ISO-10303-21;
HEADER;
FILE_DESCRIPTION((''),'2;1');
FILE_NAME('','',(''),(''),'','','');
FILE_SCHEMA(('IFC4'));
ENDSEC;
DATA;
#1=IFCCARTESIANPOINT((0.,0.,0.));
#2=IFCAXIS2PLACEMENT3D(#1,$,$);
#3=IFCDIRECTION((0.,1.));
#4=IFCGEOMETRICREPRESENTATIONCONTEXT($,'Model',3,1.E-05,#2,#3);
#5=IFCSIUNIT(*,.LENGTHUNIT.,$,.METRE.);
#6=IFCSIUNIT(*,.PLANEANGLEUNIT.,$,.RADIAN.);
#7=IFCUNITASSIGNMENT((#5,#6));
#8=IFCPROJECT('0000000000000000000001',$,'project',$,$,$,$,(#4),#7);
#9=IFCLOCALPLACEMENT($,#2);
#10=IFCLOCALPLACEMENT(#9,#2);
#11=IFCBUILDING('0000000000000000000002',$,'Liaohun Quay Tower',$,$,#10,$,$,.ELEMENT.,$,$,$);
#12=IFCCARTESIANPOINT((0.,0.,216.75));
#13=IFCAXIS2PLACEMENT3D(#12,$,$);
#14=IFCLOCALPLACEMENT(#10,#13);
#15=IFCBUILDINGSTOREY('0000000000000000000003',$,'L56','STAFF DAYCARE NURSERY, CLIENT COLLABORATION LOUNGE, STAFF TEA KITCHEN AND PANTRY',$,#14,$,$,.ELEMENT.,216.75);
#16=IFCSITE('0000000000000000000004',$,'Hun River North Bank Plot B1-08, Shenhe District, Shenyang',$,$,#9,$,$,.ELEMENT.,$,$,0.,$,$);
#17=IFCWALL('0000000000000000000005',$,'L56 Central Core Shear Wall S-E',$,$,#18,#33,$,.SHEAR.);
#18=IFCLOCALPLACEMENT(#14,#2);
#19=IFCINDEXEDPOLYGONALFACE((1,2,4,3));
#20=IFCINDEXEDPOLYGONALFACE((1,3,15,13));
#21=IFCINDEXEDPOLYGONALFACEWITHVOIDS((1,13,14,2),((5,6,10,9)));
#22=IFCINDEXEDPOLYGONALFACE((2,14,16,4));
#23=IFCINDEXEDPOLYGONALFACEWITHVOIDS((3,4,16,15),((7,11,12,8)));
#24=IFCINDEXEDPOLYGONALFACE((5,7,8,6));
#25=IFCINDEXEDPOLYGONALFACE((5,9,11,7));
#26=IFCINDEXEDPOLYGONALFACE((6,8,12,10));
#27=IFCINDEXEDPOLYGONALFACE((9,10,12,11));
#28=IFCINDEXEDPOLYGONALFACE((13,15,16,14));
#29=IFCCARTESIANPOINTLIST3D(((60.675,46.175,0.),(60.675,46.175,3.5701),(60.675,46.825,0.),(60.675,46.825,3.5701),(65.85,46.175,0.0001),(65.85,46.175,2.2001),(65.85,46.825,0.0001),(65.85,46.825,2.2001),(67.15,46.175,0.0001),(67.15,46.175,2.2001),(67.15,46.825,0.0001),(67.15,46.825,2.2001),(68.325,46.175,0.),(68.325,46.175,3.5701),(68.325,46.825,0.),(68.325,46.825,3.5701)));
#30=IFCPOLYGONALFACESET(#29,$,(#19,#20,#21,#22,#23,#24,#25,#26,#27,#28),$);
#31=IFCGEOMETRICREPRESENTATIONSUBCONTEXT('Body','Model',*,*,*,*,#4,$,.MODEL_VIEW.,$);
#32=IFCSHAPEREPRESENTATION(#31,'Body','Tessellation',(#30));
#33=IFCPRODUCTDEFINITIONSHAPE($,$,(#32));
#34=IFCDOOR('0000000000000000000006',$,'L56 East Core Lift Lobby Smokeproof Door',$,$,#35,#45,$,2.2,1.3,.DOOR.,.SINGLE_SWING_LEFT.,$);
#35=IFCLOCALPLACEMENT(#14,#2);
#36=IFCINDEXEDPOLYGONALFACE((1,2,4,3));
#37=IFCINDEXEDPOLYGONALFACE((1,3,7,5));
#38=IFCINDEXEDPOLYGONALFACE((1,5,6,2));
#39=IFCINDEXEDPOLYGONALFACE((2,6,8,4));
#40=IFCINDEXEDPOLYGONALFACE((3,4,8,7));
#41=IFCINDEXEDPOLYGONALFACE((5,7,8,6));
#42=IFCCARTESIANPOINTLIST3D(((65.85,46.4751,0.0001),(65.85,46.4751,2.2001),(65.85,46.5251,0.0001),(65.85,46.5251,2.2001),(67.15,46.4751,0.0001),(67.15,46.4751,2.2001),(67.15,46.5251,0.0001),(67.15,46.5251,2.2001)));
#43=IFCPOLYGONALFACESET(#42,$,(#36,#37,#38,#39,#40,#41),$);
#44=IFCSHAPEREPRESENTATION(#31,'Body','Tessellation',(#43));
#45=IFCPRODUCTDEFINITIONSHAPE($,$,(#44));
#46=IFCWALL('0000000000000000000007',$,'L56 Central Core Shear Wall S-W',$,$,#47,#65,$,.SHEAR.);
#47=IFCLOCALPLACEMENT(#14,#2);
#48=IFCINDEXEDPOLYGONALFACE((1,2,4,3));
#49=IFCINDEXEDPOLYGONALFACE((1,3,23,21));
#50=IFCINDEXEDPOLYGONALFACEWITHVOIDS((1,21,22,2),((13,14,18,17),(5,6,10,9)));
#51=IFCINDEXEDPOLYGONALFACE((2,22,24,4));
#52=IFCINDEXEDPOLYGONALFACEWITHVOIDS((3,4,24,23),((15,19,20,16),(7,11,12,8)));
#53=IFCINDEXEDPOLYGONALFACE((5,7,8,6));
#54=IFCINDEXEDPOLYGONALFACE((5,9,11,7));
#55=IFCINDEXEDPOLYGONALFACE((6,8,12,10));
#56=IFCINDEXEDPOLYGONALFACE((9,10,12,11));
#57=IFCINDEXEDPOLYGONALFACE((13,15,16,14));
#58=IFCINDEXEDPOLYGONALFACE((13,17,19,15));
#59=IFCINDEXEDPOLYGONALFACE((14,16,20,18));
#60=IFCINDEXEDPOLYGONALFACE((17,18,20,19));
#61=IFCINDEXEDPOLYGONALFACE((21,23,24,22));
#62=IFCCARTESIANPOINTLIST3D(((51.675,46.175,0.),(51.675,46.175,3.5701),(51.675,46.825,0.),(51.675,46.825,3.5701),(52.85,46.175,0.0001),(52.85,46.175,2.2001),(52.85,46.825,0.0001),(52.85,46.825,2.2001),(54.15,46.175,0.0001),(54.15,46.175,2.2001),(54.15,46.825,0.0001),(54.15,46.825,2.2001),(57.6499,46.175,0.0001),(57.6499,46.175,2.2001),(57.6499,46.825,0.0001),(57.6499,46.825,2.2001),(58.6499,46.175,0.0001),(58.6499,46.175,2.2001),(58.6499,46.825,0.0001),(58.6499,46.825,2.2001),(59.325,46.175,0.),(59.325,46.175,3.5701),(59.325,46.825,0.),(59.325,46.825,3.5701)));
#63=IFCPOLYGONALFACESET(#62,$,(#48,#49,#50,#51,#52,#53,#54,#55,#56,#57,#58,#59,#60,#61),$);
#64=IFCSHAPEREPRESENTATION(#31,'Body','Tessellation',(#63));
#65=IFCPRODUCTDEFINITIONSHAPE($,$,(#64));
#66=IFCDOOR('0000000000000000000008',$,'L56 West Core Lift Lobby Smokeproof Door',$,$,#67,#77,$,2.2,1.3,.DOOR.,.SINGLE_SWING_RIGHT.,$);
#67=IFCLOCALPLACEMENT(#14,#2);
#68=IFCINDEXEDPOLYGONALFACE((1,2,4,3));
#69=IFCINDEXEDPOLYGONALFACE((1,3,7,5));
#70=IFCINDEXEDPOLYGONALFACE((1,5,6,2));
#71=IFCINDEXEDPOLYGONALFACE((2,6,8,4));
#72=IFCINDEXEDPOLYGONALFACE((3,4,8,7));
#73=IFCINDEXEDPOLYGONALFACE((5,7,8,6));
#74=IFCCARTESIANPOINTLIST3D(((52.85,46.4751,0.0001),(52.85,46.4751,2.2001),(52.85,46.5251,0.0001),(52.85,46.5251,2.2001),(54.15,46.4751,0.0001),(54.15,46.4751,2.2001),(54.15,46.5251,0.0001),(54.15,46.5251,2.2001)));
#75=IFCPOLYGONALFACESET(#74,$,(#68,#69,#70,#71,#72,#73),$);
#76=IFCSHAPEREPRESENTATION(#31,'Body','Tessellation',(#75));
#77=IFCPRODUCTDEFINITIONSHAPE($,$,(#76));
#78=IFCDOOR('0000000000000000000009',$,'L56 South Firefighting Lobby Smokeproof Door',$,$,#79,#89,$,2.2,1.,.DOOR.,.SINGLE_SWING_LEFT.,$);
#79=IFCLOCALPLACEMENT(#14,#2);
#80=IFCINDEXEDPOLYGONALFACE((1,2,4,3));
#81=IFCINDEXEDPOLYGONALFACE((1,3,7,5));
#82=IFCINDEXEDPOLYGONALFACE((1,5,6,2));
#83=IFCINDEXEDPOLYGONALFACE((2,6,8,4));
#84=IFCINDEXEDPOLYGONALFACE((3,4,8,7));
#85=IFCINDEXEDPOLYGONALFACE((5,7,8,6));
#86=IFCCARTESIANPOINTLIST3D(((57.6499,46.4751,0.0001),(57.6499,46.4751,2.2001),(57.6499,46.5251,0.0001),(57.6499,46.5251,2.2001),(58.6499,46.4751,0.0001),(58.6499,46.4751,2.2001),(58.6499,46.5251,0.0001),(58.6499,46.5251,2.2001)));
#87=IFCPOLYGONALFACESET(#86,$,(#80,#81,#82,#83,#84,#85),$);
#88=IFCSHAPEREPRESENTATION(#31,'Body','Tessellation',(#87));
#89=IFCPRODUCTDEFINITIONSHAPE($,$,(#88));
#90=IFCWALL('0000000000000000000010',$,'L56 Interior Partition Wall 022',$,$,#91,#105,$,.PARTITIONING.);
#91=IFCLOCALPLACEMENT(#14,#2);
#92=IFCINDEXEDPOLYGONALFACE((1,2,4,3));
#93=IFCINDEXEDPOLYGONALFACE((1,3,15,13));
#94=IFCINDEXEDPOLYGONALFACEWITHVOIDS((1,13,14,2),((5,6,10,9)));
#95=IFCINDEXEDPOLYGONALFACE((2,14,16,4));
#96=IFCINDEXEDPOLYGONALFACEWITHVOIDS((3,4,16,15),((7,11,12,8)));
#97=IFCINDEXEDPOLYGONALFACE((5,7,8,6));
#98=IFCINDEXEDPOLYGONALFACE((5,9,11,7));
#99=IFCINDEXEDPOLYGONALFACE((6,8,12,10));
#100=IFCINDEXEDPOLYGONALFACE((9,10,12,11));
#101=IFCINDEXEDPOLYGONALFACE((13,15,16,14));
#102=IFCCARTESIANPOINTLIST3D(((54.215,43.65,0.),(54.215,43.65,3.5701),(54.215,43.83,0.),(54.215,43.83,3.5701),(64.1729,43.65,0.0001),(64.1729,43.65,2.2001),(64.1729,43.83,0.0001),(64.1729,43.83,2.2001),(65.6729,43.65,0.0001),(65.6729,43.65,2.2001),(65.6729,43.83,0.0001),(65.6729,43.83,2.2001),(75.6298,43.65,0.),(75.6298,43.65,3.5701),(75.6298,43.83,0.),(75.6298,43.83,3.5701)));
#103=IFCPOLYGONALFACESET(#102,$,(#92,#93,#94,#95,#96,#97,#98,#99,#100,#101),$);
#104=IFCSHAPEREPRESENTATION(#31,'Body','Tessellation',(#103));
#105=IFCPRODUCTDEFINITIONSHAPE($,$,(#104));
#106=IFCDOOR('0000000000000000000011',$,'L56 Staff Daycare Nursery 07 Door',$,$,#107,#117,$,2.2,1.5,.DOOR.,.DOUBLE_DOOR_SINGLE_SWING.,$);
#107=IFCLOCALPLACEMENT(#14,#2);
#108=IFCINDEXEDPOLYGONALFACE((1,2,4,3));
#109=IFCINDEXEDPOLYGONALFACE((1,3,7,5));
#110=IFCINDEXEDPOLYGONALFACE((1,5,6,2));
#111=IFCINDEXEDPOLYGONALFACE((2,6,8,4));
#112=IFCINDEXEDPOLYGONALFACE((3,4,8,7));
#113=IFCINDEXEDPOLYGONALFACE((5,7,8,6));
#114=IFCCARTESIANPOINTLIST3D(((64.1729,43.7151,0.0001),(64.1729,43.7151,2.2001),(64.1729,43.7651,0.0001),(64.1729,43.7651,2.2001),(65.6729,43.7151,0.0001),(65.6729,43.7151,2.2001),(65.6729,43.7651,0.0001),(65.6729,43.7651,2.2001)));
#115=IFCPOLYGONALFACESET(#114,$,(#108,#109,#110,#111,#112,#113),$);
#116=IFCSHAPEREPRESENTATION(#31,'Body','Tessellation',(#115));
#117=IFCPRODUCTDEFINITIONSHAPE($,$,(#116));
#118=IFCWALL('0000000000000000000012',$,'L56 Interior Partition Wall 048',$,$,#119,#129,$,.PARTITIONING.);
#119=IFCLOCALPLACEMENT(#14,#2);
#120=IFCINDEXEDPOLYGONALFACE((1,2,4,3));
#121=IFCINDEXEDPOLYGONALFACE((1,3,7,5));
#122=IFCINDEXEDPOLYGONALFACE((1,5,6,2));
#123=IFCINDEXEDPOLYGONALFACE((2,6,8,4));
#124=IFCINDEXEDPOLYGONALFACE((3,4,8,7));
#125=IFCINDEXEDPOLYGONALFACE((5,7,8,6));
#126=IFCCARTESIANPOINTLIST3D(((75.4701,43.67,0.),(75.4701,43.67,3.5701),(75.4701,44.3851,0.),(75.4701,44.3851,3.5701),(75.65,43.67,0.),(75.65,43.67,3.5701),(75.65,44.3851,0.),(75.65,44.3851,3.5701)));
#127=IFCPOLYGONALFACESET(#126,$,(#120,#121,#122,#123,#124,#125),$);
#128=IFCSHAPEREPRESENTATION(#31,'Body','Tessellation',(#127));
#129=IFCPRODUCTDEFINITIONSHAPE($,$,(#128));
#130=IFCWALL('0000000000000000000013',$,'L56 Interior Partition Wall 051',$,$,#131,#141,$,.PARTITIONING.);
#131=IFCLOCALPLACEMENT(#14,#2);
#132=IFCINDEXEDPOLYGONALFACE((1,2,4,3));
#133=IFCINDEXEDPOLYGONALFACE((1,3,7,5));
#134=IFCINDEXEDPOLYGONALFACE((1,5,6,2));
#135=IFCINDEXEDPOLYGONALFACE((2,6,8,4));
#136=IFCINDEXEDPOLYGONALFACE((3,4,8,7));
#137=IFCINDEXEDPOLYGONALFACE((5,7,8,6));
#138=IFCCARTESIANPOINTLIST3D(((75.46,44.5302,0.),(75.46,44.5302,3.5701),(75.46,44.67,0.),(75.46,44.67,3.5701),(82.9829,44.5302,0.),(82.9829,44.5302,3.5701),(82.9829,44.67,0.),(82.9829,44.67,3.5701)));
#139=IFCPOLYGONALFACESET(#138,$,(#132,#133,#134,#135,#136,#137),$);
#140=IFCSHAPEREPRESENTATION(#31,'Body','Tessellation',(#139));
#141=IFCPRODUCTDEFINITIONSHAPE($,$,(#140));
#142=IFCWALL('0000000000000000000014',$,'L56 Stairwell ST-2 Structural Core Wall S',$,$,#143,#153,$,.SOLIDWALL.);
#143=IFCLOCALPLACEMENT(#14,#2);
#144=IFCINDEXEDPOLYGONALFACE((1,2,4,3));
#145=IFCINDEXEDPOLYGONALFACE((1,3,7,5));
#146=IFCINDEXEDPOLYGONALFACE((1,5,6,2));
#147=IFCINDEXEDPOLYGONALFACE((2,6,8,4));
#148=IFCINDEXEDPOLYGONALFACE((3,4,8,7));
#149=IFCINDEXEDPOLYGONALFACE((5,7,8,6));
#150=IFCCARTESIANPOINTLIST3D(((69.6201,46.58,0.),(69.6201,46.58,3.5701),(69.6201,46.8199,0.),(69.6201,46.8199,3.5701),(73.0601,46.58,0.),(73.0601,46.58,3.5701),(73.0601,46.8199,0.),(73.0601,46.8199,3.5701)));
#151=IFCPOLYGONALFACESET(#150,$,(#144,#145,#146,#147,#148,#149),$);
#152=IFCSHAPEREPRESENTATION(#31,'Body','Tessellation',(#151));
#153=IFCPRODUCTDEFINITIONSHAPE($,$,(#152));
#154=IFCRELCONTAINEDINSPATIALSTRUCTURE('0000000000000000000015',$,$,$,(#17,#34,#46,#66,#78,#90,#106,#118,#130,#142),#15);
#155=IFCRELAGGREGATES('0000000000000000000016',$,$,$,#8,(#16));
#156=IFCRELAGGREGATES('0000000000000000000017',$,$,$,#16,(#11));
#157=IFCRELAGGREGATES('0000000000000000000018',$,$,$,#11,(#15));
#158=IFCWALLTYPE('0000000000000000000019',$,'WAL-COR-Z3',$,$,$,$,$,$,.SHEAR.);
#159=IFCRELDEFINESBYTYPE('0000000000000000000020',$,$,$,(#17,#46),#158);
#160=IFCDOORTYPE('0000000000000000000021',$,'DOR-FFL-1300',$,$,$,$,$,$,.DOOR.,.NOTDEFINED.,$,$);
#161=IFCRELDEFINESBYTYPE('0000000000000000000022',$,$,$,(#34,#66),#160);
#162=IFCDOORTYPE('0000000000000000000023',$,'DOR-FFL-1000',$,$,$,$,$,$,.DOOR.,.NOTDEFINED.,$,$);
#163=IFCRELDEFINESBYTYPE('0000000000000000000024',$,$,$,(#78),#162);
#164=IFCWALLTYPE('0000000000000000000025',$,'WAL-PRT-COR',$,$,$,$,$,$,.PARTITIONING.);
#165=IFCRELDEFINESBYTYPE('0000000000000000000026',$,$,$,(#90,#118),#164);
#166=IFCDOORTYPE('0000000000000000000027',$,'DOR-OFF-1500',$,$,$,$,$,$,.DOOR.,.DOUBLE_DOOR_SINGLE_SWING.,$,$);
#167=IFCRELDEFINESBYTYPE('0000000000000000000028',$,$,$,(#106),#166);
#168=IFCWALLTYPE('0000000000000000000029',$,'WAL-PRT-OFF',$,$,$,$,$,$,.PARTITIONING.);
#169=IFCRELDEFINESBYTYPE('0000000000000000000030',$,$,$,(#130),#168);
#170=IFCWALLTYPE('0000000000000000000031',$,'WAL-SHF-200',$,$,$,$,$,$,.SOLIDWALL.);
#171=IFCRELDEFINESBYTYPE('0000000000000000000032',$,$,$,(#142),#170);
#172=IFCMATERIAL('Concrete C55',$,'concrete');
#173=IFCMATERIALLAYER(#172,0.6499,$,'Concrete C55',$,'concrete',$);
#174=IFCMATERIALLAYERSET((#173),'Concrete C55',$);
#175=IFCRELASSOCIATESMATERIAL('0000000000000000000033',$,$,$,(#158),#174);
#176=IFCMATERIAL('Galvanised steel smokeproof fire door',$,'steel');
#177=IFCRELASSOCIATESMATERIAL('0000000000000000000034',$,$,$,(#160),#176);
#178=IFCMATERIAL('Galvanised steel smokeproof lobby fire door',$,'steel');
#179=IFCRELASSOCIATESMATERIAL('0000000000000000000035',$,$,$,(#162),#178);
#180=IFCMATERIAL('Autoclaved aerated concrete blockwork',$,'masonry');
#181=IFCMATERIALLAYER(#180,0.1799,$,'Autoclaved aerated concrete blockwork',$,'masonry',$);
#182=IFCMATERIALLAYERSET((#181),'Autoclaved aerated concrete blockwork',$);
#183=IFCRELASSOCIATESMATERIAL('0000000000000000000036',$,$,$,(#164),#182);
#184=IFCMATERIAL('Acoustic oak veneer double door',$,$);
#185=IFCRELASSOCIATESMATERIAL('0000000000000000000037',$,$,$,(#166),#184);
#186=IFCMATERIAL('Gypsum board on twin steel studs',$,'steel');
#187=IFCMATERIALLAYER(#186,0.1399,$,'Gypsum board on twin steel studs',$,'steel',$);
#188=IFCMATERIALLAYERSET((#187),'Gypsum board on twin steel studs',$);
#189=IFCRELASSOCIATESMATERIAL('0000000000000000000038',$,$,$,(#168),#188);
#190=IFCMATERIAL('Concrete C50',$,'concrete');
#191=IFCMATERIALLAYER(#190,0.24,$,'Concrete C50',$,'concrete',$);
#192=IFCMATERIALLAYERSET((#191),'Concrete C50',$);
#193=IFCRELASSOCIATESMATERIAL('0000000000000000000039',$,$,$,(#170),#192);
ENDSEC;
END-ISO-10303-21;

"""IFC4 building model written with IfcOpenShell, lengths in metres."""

from ifc_helpers import new_model, si_unit, direction, frame, frame_2d, origin, place, context, subcontext, project, spatial, rectangle, extrude, source, transform, mapped, material, layer, layer_set, type_object, element, fill, save


model = new_model("IFC4")

# Units and contexts
model_context = context("Model", 3, precision=1e-05, world=origin(), true_north=direction((0.0, 1.0)))
body_context = subcontext(model_context, "Body", "Model", "MODEL_VIEW")
ifc_project = project(units=[si_unit("LENGTHUNIT", "METRE"), si_unit("PLANEANGLEUNIT", "RADIAN")], contexts=[model_context])

# Site, building, storey
site_placement = place(None, origin())
site = spatial("IfcSite", under=ifc_project, at=site_placement, Name="Hun River North Bank Plot B1-08, Shenhe District, Shenyang", CompositionType="ELEMENT", RefElevation=0.0)
building_placement = place(site_placement, origin())
building = spatial("IfcBuilding", under=site, at=building_placement, Name="Liaohun Quay Tower", CompositionType="ELEMENT")
storey_placement = place(building_placement, frame((0.0, 0.0, 216.75)))
storey = spatial("IfcBuildingStorey", under=building, at=storey_placement, Name="L56", Description="STAFF DAYCARE NURSERY, CLIENT COLLABORATION LOUNGE, STAFF TEA KITCHEN AND PANTRY", CompositionType="ELEMENT", Elevation=216.75)

# Shared definitions
ifc_material_1 = material(Name="Concrete C55", Category="concrete")

# Wall, opening, door
ifc_layer_1 = layer(ifc_material_1, 0.6499, Name="Concrete C55", Category="concrete")
ifc_layer_set_1 = layer_set([ifc_layer_1], Name="Concrete C55")
wall_type_1 = type_object("IfcWallType", Name="WAL-COR-Z3", PredefinedType="SHEAR", material=ifc_layer_set_1)
wall_1_placement = place(storey_placement, frame((68.325, 46.5, 0.0), z_axis=(0.0, 0.0, 1.0), x_axis=(-1.0, 0.0, 0.0)))
wall_1 = element("IfcWall", 1, at=wall_1_placement, inside=storey, type_object=wall_type_1, Name="L56 Central Core Shear Wall S-E", PredefinedType="SHEAR", context=body_context, shape_type="SweptSolid", body=[
    extrude(rectangle(XDim=7.6499, YDim=0.6499, at=frame_2d((3.825, 0.0))), origin(), (0.0, 0.0, 1.0), 3.5701),
])
shared_shape_1 = source(origin(), body_context, "Body", "SweptSolid", [
    extrude(rectangle(XDim=1.3, YDim=2.2, at=frame_2d((0.6499, 1.1001))), frame((0.0, 0.335, 0.0), z_axis=(0.0, -1.0, 0.0), x_axis=(1.0, 0.0, 0.0)), (0.0, 0.0, 1.0), 0.6699),
])
opening_1_placement = place(wall_1_placement, frame((1.175, 0.0, 0.0)))
opening_1 = element("IfcOpeningElement", 2, at=opening_1_placement, cuts=wall_1, PredefinedType="OPENING", context=body_context, shape_type="MappedRepresentation", body=[
    mapped(shared_shape_1, transform((0.0, 0.0, 0.0), x_axis=(1.0, 0.0, 0.0), y_axis=(0.0, 1.0, 0.0), z_axis=(0.0, 0.0, 1.0), scale=1.0)),
])
ifc_material_2 = material(Name="Galvanised steel smokeproof fire door", Category="steel")
door_type_1 = type_object("IfcDoorType", Name="DOR-FFL-1300", OperationType="NOTDEFINED", PredefinedType="DOOR", material=ifc_material_2)
shared_shape_2 = source(origin(), body_context, "Body", "SweptSolid", [
    extrude(rectangle(XDim=1.3, YDim=2.2, at=frame_2d((0.6499, 1.1001))), frame((0.0, 0.0249, 0.0), z_axis=(0.0, -1.0, 0.0), x_axis=(1.0, 0.0, 0.0)), (0.0, 0.0, 1.0), 0.05),
])
door_1_placement = place(opening_1_placement, origin())
door_1 = element("IfcDoor", 3, at=door_1_placement, inside=storey, type_object=door_type_1, Name="L56 East Core Lift Lobby Smokeproof Door", OperationType="SINGLE_SWING_LEFT", OverallHeight=2.2, OverallWidth=1.3, PredefinedType="DOOR", context=body_context, shape_type="MappedRepresentation", body=[
    mapped(shared_shape_2, transform((0.0, 0.0, 0.0), x_axis=(1.0, 0.0, 0.0), y_axis=(0.0, 1.0, 0.0), z_axis=(0.0, 0.0, 1.0), scale=1.0)),
])
fill(opening_1, door_1)

# Wall, openings, doors
wall_2_placement = place(storey_placement, frame((59.325, 46.5, 0.0), z_axis=(0.0, 0.0, 1.0), x_axis=(-1.0, 0.0, 0.0)))
wall_2 = element("IfcWall", 4, at=wall_2_placement, inside=storey, type_object=wall_type_1, Name="L56 Central Core Shear Wall S-W", PredefinedType="SHEAR", context=body_context, shape_type="SweptSolid", body=[
    extrude(rectangle(XDim=7.6499, YDim=0.6499, at=frame_2d((3.825, 0.0))), origin(), (0.0, 0.0, 1.0), 3.5701),
])
opening_2_placement = place(wall_2_placement, frame((5.175, 0.0, 0.0)))
opening_2 = element("IfcOpeningElement", 5, at=opening_2_placement, cuts=wall_2, PredefinedType="OPENING", context=body_context, shape_type="MappedRepresentation", body=[
    mapped(shared_shape_1, transform((0.0, 0.0, 0.0), x_axis=(1.0, 0.0, 0.0), y_axis=(0.0, 1.0, 0.0), z_axis=(0.0, 0.0, 1.0), scale=1.0)),
])
shared_shape_3 = source(origin(), body_context, "Body", "SweptSolid", [
    extrude(rectangle(XDim=1.0, YDim=2.2, at=frame_2d((0.5, 1.1001))), frame((0.0, 0.335, 0.0), z_axis=(0.0, -1.0, 0.0), x_axis=(1.0, 0.0, 0.0)), (0.0, 0.0, 1.0), 0.6699),
])
opening_3_placement = place(wall_2_placement, frame((0.675, 0.0, 0.0)))
opening_3 = element("IfcOpeningElement", 6, at=opening_3_placement, cuts=wall_2, PredefinedType="OPENING", context=body_context, shape_type="MappedRepresentation", body=[
    mapped(shared_shape_3, transform((0.0, 0.0, 0.0), x_axis=(1.0, 0.0, 0.0), y_axis=(0.0, 1.0, 0.0), z_axis=(0.0, 0.0, 1.0), scale=1.0)),
])
door_2_placement = place(opening_2_placement, origin())
door_2 = element("IfcDoor", 7, at=door_2_placement, inside=storey, type_object=door_type_1, Name="L56 West Core Lift Lobby Smokeproof Door", OperationType="SINGLE_SWING_RIGHT", OverallHeight=2.2, OverallWidth=1.3, PredefinedType="DOOR", context=body_context, shape_type="MappedRepresentation", body=[
    mapped(shared_shape_2, transform((0.0, 0.0, 0.0), x_axis=(1.0, 0.0, 0.0), y_axis=(0.0, 1.0, 0.0), z_axis=(0.0, 0.0, 1.0), scale=1.0)),
])
fill(opening_2, door_2)
ifc_material_3 = material(Name="Galvanised steel smokeproof lobby fire door", Category="steel")
door_type_2 = type_object("IfcDoorType", Name="DOR-FFL-1000", OperationType="NOTDEFINED", PredefinedType="DOOR", material=ifc_material_3)
shared_shape_4 = source(origin(), body_context, "Body", "SweptSolid", [
    extrude(rectangle(XDim=1.0, YDim=2.2, at=frame_2d((0.5, 1.1001))), frame((0.0, 0.0249, 0.0), z_axis=(0.0, -1.0, 0.0), x_axis=(1.0, 0.0, 0.0)), (0.0, 0.0, 1.0), 0.05),
])
door_3_placement = place(opening_3_placement, origin())
door_3 = element("IfcDoor", 8, at=door_3_placement, inside=storey, type_object=door_type_2, Name="L56 South Firefighting Lobby Smokeproof Door", OperationType="SINGLE_SWING_LEFT", OverallHeight=2.2, OverallWidth=1.0, PredefinedType="DOOR", context=body_context, shape_type="MappedRepresentation", body=[
    mapped(shared_shape_4, transform((0.0, 0.0, 0.0), x_axis=(1.0, 0.0, 0.0), y_axis=(0.0, 1.0, 0.0), z_axis=(0.0, 0.0, 1.0), scale=1.0)),
])
fill(opening_3, door_3)

# Wall, opening, door
ifc_material_4 = material(Name="Autoclaved aerated concrete blockwork", Category="masonry")
ifc_layer_2 = layer(ifc_material_4, 0.1799, Name="Autoclaved aerated concrete blockwork", Category="masonry")
ifc_layer_set_2 = layer_set([ifc_layer_2], Name="Autoclaved aerated concrete blockwork")
wall_type_2 = type_object("IfcWallType", Name="WAL-PRT-COR", PredefinedType="PARTITIONING", material=ifc_layer_set_2)
wall_3_placement = place(storey_placement, frame((75.6299, 43.74, 0.0), z_axis=(0.0, 0.0, 1.0), x_axis=(-1.0, 0.0, 0.0)))
wall_3 = element("IfcWall", 9, at=wall_3_placement, inside=storey, type_object=wall_type_2, Name="L56 Interior Partition Wall 022", PredefinedType="PARTITIONING", context=body_context, shape_type="SweptSolid", body=[
    extrude(rectangle(XDim=21.4148, YDim=0.1799, at=frame_2d((10.7075, 0.0))), origin(), (0.0, 0.0, 1.0), 3.5701),
])
shared_shape_5 = source(origin(), body_context, "Body", "SweptSolid", [
    extrude(rectangle(XDim=1.5, YDim=2.2, at=frame_2d((0.75, 1.1001))), frame((0.0, 0.0999, 0.0), z_axis=(0.0, -1.0, 0.0), x_axis=(1.0, 0.0, 0.0)), (0.0, 0.0, 1.0), 0.2),
])
opening_4_placement = place(wall_3_placement, frame((9.957, 0.0, 0.0)))
opening_4 = element("IfcOpeningElement", 10, at=opening_4_placement, cuts=wall_3, PredefinedType="OPENING", context=body_context, shape_type="MappedRepresentation", body=[
    mapped(shared_shape_5, transform((0.0, 0.0, 0.0), x_axis=(1.0, 0.0, 0.0), y_axis=(0.0, 1.0, 0.0), z_axis=(0.0, 0.0, 1.0), scale=1.0)),
])
ifc_material_5 = material(Name="Acoustic oak veneer double door")
door_type_3 = type_object("IfcDoorType", Name="DOR-OFF-1500", OperationType="DOUBLE_DOOR_SINGLE_SWING", PredefinedType="DOOR", material=ifc_material_5)
shared_shape_6 = source(origin(), body_context, "Body", "SweptSolid", [
    extrude(rectangle(XDim=1.5, YDim=2.2, at=frame_2d((0.75, 1.1001))), frame((0.0, 0.0249, 0.0), z_axis=(0.0, -1.0, 0.0), x_axis=(1.0, 0.0, 0.0)), (0.0, 0.0, 1.0), 0.05),
])
door_4_placement = place(opening_4_placement, origin())
door_4 = element("IfcDoor", 11, at=door_4_placement, inside=storey, type_object=door_type_3, Name="L56 Staff Daycare Nursery 07 Door", OperationType="DOUBLE_DOOR_SINGLE_SWING", OverallHeight=2.2, OverallWidth=1.5, PredefinedType="DOOR", context=body_context, shape_type="MappedRepresentation", body=[
    mapped(shared_shape_6, transform((0.0, 0.0, 0.0), x_axis=(1.0, 0.0, 0.0), y_axis=(0.0, 1.0, 0.0), z_axis=(0.0, 0.0, 1.0), scale=1.0)),
])
fill(opening_4, door_4)

# Walls
wall_4_placement = place(storey_placement, frame((75.5601, 44.385, 0.0), z_axis=(0.0, 0.0, 1.0), x_axis=(0.0, -1.0, 0.0)))
element("IfcWall", 12, at=wall_4_placement, inside=storey, type_object=wall_type_2, Name="L56 Interior Partition Wall 048", PredefinedType="PARTITIONING", context=body_context, shape_type="SweptSolid", body=[
    extrude(rectangle(XDim=0.7151, YDim=0.1799, at=frame_2d((0.3574, 0.0))), origin(), (0.0, 0.0, 1.0), 3.5701),
])
ifc_material_6 = material(Name="Gypsum board on twin steel studs", Category="steel")
ifc_layer_3 = layer(ifc_material_6, 0.1399, Name="Gypsum board on twin steel studs", Category="steel")
ifc_layer_set_3 = layer_set([ifc_layer_3], Name="Gypsum board on twin steel studs")
wall_type_3 = type_object("IfcWallType", Name="WAL-PRT-OFF", PredefinedType="PARTITIONING", material=ifc_layer_set_3)
wall_5_placement = place(storey_placement, frame((75.46, 44.6001, 0.0), z_axis=(0.0, 0.0, 1.0), x_axis=(1.0, 0.0, 0.0)))
element("IfcWall", 13, at=wall_5_placement, inside=storey, type_object=wall_type_3, Name="L56 Interior Partition Wall 051", PredefinedType="PARTITIONING", context=body_context, shape_type="SweptSolid", body=[
    extrude(rectangle(XDim=7.5229, YDim=0.1399, at=frame_2d((3.7615, 0.0))), origin(), (0.0, 0.0, 1.0), 3.5701),
])
ifc_material_7 = material(Name="Concrete C50", Category="concrete")
ifc_layer_4 = layer(ifc_material_7, 0.24, Name="Concrete C50", Category="concrete")
ifc_layer_set_4 = layer_set([ifc_layer_4], Name="Concrete C50")
wall_type_4 = type_object("IfcWallType", Name="WAL-SHF-200", PredefinedType="SOLIDWALL", material=ifc_layer_set_4)
wall_6_placement = place(storey_placement, frame((69.6201, 46.7, 0.0), z_axis=(0.0, 0.0, 1.0), x_axis=(1.0, 0.0, 0.0)))
element("IfcWall", 14, at=wall_6_placement, inside=storey, type_object=wall_type_4, Name="L56 Stairwell ST-2 Structural Core Wall S", PredefinedType="SOLIDWALL", context=body_context, shape_type="SweptSolid", body=[
    extrude(rectangle(XDim=3.4399, YDim=0.24, at=frame_2d((1.72, 0.0))), origin(), (0.0, 0.0, 1.0), 3.5701),
])

save(model, "model.ifc")
